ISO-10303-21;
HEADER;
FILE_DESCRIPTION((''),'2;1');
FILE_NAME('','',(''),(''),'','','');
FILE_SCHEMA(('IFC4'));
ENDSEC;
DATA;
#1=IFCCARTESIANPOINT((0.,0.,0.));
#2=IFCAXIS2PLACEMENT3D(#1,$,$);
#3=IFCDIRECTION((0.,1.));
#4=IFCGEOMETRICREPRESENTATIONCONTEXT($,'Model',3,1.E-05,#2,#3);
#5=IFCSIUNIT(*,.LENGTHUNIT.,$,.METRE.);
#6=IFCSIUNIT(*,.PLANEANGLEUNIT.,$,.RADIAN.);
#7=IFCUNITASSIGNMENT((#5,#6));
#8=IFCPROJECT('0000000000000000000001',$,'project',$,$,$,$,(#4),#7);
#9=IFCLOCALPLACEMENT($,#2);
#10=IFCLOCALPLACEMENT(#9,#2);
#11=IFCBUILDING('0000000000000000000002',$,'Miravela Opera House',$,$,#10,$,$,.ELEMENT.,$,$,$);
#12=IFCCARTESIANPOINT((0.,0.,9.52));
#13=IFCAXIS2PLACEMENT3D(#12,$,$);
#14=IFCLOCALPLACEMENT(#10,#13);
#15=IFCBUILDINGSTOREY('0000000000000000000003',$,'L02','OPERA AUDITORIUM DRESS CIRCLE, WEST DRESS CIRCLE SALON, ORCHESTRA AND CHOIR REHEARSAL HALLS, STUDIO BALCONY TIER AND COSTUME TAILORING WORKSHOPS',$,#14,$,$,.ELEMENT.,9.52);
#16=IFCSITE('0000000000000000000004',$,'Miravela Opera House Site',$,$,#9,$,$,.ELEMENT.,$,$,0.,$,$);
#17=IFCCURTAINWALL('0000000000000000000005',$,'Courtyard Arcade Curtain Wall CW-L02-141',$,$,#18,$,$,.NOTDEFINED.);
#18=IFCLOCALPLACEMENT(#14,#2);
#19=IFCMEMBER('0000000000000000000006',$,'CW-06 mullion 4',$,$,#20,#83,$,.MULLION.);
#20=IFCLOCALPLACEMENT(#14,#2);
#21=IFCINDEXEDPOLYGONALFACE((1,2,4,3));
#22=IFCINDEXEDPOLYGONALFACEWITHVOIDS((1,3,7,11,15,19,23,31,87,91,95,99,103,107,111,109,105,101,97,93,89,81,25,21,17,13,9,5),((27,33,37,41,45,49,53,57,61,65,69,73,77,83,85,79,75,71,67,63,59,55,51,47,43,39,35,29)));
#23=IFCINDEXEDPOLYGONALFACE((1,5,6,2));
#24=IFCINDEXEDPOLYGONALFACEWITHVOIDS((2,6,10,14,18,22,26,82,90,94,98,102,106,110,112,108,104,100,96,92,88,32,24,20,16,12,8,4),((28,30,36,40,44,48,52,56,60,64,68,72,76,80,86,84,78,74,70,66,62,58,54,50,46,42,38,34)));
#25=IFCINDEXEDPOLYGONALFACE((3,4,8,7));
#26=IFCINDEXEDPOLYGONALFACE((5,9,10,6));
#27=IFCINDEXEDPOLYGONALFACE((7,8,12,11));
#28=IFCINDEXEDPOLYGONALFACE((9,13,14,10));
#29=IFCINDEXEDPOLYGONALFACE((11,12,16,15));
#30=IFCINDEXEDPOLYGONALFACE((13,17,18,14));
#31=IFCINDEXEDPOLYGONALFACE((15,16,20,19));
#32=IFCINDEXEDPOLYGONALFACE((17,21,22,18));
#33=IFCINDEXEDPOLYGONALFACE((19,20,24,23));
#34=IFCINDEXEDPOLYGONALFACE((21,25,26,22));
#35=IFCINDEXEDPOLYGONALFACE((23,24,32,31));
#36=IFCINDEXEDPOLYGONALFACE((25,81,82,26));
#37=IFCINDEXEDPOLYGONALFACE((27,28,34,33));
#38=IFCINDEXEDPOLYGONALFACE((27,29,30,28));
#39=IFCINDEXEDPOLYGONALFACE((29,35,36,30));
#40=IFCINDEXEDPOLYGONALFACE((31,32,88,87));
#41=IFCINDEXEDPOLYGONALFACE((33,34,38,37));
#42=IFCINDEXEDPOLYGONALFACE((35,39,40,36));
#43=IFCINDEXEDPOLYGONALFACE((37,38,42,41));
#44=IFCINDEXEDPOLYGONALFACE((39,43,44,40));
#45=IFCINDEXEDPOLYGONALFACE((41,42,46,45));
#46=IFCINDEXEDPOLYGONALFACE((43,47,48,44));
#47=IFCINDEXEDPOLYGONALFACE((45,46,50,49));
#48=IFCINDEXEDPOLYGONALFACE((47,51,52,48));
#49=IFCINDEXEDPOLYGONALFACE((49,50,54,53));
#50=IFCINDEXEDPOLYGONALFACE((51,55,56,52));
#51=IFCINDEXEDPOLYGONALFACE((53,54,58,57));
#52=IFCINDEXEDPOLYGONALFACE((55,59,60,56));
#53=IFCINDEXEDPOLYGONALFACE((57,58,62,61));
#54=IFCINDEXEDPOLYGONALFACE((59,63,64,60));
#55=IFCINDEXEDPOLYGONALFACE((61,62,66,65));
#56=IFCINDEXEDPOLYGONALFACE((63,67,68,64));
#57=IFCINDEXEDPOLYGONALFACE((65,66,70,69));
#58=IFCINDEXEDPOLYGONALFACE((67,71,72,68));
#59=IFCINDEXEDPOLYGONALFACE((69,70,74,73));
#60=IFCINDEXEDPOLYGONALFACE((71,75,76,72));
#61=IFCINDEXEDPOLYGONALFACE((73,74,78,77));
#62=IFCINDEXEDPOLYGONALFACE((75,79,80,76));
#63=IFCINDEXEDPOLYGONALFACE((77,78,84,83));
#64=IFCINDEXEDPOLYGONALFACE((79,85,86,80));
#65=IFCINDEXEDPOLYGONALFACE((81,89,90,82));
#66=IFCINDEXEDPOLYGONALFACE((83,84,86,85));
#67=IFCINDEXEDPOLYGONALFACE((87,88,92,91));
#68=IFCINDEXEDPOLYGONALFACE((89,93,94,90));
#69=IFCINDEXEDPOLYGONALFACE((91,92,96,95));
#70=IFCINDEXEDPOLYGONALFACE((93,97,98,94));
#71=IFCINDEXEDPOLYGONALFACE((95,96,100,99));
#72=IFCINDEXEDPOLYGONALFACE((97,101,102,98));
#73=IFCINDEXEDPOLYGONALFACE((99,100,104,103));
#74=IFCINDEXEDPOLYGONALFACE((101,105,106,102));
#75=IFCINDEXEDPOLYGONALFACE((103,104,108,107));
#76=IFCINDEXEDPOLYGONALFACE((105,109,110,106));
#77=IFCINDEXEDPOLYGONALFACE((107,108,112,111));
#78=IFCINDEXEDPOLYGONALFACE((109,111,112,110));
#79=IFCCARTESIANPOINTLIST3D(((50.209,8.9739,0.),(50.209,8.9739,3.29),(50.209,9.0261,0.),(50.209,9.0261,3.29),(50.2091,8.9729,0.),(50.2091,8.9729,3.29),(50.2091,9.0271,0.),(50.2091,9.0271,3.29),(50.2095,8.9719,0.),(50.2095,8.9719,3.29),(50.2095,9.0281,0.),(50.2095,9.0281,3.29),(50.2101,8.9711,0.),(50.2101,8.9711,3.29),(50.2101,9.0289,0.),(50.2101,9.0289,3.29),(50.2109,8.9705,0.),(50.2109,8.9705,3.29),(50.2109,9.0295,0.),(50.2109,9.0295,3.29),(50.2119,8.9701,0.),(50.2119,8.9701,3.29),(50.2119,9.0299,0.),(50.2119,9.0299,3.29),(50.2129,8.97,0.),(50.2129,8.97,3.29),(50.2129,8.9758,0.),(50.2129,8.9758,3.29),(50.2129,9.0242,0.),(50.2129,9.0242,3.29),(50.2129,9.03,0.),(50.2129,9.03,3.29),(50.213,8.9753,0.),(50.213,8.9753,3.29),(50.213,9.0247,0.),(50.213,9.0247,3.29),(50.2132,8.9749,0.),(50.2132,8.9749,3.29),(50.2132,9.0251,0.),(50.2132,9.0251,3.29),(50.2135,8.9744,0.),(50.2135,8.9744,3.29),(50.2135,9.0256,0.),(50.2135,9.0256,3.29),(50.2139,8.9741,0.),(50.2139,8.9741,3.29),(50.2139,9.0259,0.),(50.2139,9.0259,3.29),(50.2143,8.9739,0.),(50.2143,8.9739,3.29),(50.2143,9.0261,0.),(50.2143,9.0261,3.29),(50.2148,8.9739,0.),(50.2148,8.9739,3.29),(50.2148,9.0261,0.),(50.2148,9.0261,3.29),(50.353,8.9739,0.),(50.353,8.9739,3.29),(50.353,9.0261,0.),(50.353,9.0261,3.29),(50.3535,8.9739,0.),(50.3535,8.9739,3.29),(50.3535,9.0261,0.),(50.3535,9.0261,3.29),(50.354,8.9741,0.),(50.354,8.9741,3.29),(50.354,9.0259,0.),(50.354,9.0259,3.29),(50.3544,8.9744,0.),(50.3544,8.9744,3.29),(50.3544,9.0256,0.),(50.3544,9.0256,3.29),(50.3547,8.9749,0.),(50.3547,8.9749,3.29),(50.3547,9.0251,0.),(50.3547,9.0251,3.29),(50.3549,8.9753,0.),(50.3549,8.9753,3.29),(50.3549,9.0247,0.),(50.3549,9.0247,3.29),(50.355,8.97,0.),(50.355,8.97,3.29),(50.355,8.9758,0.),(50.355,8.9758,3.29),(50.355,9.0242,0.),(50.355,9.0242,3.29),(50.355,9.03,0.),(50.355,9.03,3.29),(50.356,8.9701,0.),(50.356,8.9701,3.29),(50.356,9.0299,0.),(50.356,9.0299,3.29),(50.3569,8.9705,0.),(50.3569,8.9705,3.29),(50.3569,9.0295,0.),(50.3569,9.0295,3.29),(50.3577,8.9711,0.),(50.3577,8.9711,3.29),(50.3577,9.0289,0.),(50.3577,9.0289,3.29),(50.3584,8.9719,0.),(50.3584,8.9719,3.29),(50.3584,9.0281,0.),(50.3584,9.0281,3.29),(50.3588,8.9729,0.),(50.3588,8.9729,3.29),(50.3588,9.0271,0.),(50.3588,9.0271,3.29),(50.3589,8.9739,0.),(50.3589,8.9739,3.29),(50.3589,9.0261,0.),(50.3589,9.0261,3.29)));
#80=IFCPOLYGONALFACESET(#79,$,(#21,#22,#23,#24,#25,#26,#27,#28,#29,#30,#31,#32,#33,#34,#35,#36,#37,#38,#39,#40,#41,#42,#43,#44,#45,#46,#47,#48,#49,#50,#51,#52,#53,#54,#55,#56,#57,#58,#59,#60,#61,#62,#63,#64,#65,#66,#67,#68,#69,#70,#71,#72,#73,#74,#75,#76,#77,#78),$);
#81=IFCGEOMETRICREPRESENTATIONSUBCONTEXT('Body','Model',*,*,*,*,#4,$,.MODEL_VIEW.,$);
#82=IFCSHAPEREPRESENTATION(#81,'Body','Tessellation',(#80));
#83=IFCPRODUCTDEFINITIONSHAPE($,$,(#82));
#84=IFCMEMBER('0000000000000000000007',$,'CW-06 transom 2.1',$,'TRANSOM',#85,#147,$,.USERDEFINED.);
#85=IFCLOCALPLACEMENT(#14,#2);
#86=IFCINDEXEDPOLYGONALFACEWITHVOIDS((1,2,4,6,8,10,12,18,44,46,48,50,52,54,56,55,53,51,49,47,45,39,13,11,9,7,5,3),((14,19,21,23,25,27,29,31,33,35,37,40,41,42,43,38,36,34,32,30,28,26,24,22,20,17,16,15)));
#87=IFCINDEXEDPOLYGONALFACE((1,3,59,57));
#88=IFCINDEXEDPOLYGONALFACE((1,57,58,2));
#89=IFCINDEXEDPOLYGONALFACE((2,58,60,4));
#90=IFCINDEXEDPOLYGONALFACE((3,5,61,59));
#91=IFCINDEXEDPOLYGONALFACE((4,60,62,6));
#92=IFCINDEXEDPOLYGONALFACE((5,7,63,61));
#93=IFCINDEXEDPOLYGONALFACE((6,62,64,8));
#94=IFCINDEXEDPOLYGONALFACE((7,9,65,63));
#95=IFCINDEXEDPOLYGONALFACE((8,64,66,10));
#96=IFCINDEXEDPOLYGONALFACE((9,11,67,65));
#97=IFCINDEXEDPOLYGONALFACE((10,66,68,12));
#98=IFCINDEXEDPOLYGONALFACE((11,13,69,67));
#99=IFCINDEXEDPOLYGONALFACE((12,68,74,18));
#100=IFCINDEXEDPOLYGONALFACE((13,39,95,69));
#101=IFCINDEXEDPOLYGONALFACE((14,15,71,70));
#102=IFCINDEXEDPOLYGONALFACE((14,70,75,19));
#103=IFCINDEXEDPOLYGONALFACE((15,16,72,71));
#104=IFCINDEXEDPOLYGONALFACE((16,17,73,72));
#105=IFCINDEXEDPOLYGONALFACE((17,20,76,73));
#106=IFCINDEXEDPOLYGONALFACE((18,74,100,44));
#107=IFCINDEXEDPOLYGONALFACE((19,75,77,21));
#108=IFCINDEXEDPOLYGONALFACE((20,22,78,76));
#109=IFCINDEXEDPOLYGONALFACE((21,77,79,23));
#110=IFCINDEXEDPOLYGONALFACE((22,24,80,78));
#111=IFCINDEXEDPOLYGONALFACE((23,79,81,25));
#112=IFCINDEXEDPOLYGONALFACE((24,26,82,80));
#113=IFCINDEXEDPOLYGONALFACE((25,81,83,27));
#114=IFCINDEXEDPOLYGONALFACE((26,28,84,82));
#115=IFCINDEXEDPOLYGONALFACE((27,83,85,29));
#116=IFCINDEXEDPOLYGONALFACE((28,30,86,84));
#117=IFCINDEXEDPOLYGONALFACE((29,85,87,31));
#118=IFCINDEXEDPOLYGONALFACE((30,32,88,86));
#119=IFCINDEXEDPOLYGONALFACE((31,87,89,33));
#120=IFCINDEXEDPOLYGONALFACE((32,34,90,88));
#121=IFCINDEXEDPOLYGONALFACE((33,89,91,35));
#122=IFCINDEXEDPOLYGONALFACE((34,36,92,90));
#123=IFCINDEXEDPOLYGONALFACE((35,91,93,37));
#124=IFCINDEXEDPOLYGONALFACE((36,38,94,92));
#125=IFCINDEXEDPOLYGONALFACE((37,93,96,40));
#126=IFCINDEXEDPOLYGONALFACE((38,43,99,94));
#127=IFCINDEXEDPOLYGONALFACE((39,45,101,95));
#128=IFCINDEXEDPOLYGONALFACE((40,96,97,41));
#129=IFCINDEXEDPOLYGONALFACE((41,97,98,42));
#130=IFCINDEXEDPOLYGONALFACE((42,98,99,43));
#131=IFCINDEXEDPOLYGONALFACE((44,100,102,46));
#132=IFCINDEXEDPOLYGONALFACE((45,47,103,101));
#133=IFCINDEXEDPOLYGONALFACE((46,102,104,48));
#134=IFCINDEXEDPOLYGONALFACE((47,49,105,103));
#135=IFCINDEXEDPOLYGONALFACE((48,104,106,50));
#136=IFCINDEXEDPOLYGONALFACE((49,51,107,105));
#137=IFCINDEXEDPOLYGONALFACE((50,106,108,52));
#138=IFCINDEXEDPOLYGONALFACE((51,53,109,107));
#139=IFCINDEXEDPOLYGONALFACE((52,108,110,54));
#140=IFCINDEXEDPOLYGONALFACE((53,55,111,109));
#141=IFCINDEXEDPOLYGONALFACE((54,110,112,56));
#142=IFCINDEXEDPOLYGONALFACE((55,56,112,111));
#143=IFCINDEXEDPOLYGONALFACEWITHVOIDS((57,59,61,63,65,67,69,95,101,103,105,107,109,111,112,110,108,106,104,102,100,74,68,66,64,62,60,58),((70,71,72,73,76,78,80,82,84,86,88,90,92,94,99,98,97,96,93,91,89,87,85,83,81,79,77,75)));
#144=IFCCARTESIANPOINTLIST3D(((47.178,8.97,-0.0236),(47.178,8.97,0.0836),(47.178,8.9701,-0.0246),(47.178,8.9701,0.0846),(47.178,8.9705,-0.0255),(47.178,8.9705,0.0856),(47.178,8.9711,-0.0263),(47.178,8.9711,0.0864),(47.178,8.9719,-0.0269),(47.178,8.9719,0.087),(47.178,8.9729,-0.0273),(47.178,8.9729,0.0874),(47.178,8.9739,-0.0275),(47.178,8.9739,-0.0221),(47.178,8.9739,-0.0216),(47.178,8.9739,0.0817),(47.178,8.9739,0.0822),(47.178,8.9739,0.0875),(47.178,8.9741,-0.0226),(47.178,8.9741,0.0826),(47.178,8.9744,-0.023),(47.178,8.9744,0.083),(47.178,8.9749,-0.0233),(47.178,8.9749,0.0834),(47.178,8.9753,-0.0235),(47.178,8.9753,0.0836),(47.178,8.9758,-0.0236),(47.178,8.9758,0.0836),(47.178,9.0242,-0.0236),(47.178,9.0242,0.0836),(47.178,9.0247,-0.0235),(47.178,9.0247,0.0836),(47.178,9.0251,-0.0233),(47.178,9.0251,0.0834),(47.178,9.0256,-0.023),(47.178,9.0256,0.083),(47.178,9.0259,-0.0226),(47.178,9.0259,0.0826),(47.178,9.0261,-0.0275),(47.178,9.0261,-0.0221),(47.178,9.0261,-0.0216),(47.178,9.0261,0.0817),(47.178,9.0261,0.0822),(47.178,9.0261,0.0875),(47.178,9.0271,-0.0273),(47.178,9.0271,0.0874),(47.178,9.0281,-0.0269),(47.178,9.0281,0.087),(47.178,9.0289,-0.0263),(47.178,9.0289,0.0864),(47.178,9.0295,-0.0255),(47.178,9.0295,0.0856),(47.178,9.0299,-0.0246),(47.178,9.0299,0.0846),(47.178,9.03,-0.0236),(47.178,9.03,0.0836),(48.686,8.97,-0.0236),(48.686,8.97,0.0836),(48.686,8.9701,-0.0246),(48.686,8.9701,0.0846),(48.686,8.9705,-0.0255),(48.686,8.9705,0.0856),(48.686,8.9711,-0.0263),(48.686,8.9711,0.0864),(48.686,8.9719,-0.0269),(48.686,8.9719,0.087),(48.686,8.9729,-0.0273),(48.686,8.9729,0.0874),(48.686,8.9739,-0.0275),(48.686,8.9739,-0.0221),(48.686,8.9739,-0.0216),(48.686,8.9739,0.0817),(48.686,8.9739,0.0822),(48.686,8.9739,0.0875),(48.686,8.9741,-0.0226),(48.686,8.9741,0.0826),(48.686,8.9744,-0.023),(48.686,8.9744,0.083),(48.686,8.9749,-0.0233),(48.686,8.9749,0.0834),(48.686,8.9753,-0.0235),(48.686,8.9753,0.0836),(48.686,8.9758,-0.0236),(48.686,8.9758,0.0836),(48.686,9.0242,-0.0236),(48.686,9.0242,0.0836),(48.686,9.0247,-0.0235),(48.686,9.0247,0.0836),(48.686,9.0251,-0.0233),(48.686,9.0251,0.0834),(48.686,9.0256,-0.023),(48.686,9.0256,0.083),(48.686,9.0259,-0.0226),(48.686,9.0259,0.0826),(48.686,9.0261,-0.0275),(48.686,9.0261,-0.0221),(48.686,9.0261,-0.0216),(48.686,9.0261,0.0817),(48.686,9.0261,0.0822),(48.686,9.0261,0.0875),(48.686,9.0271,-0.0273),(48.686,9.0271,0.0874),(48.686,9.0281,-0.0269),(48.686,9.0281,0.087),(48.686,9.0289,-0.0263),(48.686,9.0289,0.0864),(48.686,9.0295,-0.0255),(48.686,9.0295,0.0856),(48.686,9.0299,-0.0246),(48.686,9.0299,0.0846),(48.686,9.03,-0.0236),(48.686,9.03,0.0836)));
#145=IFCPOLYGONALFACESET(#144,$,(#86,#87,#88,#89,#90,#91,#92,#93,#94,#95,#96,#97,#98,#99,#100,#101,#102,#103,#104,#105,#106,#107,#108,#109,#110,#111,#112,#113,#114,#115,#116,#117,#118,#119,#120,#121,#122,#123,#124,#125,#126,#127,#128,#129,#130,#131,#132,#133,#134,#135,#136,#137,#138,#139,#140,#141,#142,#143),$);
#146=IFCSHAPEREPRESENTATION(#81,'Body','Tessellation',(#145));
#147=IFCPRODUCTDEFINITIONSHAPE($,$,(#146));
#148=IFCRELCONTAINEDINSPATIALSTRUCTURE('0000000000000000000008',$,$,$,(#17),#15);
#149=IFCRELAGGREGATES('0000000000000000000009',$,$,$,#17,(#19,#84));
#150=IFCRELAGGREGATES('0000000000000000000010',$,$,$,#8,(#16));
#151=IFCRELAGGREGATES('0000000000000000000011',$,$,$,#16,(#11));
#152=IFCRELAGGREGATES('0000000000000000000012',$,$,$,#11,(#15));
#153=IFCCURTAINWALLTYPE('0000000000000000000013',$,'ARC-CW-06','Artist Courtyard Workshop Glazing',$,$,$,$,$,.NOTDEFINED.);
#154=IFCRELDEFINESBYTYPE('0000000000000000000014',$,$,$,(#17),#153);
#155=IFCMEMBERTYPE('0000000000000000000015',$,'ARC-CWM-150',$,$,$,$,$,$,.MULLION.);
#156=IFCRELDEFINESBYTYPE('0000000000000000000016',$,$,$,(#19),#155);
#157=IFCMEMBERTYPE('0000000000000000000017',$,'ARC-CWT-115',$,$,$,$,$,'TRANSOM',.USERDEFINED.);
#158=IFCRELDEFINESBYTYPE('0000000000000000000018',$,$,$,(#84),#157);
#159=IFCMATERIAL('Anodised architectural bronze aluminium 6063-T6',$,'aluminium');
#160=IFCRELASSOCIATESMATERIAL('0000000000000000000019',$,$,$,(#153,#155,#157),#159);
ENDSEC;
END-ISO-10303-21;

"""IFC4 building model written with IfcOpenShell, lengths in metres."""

from ifc_helpers import new_model, si_unit, direction, frame, origin, origin_2d, place, context, subcontext, project, spatial, hollow_rectangle, extrude, material, material_profile, profile_set, type_object, element, aggregate, save


model = new_model("IFC4")

# Units and contexts
model_context = context("Model", 3, precision=1e-05, world=origin(), true_north=direction((0.0, 1.0)))
body_context = subcontext(model_context, "Body", "Model", "MODEL_VIEW")
ifc_project = project(units=[si_unit("LENGTHUNIT", "METRE"), si_unit("PLANEANGLEUNIT", "RADIAN")], contexts=[model_context])

# Site, building, storey
site_placement = place(None, origin())
site = spatial("IfcSite", under=ifc_project, at=site_placement, Name="Miravela Opera House Site", CompositionType="ELEMENT", RefElevation=0.0)
building_placement = place(site_placement, origin())
building = spatial("IfcBuilding", under=site, at=building_placement, Name="Miravela Opera House", CompositionType="ELEMENT")
storey_placement = place(building_placement, frame((0.0, 0.0, 9.52)))
storey = spatial("IfcBuildingStorey", under=building, at=storey_placement, Name="L02", Description="OPERA AUDITORIUM DRESS CIRCLE, WEST DRESS CIRCLE SALON, ORCHESTRA AND CHOIR REHEARSAL HALLS, STUDIO BALCONY TIER AND COSTUME TAILORING WORKSHOPS", CompositionType="ELEMENT", Elevation=9.52)

# Curtain wall, members
ifc_material_1 = material(Name="Anodised architectural bronze aluminium 6063-T6", Category="aluminium")
curtain_wall_type = type_object("IfcCurtainWallType", Name="ARC-CW-06", Description="Artist Courtyard Workshop Glazing", PredefinedType="NOTDEFINED", material=ifc_material_1)
curtain_wall_placement = place(storey_placement, origin())
curtain_wall = element("IfcCurtainWall", 1, at=curtain_wall_placement, inside=storey, type_object=curtain_wall_type, Name="Courtyard Arcade Curtain Wall CW-L02-141", PredefinedType="NOTDEFINED")
ifc_material_profile_1 = material_profile(ifc_material_1, hollow_rectangle(XDim=0.0601, YDim=0.1499, WallThickness=0.0039, InnerFilletRadius=0.002, OuterFilletRadius=0.0039, at=origin_2d()), Name="CWM-60X150")
ifc_profile_set_1 = profile_set([ifc_material_profile_1])
member_type_1 = type_object("IfcMemberType", Name="ARC-CWM-150", PredefinedType="MULLION", material=ifc_profile_set_1)
member_1_placement = place(storey_placement, frame((50.2839, 9.0, 0.0), z_axis=(0.0, 0.0, 1.0), x_axis=(0.0, 1.0, 0.0)))
member_1 = element("IfcMember", 2, at=member_1_placement, type_object=member_type_1, Name="CW-06 mullion 4", PredefinedType="MULLION", context=body_context, shape_type="SweptSolid", body=[
    extrude(hollow_rectangle(XDim=0.0601, YDim=0.1499, WallThickness=0.0039, InnerFilletRadius=0.002, OuterFilletRadius=0.0039, at=origin_2d()), origin(), (0.0, 0.0, 1.0), 3.29),
])
ifc_material_profile_2 = material_profile(ifc_material_1, hollow_rectangle(XDim=0.0601, YDim=0.115, WallThickness=0.0039, InnerFilletRadius=0.002, OuterFilletRadius=0.0039, at=origin_2d()), Name="CWT-60X115")
ifc_profile_set_2 = profile_set([ifc_material_profile_2])
member_type_2 = type_object("IfcMemberType", Name="ARC-CWT-115", ElementType="TRANSOM", PredefinedType="USERDEFINED", material=ifc_profile_set_2)
member_2_placement = place(storey_placement, frame((47.178, 9.0, 0.03), z_axis=(1.0, 0.0, 0.0), x_axis=(0.0, 1.0, 0.0)))
member_2 = element("IfcMember", 3, at=member_2_placement, type_object=member_type_2, Name="CW-06 transom 2.1", ObjectType="TRANSOM", PredefinedType="USERDEFINED", context=body_context, shape_type="SweptSolid", body=[
    extrude(hollow_rectangle(XDim=0.0601, YDim=0.115, WallThickness=0.0039, InnerFilletRadius=0.002, OuterFilletRadius=0.0039, at=origin_2d()), origin(), (0.0, 0.0, 1.0), 1.5081),
])
aggregate(curtain_wall, [member_1, member_2])

save(model, "model.ifc")
